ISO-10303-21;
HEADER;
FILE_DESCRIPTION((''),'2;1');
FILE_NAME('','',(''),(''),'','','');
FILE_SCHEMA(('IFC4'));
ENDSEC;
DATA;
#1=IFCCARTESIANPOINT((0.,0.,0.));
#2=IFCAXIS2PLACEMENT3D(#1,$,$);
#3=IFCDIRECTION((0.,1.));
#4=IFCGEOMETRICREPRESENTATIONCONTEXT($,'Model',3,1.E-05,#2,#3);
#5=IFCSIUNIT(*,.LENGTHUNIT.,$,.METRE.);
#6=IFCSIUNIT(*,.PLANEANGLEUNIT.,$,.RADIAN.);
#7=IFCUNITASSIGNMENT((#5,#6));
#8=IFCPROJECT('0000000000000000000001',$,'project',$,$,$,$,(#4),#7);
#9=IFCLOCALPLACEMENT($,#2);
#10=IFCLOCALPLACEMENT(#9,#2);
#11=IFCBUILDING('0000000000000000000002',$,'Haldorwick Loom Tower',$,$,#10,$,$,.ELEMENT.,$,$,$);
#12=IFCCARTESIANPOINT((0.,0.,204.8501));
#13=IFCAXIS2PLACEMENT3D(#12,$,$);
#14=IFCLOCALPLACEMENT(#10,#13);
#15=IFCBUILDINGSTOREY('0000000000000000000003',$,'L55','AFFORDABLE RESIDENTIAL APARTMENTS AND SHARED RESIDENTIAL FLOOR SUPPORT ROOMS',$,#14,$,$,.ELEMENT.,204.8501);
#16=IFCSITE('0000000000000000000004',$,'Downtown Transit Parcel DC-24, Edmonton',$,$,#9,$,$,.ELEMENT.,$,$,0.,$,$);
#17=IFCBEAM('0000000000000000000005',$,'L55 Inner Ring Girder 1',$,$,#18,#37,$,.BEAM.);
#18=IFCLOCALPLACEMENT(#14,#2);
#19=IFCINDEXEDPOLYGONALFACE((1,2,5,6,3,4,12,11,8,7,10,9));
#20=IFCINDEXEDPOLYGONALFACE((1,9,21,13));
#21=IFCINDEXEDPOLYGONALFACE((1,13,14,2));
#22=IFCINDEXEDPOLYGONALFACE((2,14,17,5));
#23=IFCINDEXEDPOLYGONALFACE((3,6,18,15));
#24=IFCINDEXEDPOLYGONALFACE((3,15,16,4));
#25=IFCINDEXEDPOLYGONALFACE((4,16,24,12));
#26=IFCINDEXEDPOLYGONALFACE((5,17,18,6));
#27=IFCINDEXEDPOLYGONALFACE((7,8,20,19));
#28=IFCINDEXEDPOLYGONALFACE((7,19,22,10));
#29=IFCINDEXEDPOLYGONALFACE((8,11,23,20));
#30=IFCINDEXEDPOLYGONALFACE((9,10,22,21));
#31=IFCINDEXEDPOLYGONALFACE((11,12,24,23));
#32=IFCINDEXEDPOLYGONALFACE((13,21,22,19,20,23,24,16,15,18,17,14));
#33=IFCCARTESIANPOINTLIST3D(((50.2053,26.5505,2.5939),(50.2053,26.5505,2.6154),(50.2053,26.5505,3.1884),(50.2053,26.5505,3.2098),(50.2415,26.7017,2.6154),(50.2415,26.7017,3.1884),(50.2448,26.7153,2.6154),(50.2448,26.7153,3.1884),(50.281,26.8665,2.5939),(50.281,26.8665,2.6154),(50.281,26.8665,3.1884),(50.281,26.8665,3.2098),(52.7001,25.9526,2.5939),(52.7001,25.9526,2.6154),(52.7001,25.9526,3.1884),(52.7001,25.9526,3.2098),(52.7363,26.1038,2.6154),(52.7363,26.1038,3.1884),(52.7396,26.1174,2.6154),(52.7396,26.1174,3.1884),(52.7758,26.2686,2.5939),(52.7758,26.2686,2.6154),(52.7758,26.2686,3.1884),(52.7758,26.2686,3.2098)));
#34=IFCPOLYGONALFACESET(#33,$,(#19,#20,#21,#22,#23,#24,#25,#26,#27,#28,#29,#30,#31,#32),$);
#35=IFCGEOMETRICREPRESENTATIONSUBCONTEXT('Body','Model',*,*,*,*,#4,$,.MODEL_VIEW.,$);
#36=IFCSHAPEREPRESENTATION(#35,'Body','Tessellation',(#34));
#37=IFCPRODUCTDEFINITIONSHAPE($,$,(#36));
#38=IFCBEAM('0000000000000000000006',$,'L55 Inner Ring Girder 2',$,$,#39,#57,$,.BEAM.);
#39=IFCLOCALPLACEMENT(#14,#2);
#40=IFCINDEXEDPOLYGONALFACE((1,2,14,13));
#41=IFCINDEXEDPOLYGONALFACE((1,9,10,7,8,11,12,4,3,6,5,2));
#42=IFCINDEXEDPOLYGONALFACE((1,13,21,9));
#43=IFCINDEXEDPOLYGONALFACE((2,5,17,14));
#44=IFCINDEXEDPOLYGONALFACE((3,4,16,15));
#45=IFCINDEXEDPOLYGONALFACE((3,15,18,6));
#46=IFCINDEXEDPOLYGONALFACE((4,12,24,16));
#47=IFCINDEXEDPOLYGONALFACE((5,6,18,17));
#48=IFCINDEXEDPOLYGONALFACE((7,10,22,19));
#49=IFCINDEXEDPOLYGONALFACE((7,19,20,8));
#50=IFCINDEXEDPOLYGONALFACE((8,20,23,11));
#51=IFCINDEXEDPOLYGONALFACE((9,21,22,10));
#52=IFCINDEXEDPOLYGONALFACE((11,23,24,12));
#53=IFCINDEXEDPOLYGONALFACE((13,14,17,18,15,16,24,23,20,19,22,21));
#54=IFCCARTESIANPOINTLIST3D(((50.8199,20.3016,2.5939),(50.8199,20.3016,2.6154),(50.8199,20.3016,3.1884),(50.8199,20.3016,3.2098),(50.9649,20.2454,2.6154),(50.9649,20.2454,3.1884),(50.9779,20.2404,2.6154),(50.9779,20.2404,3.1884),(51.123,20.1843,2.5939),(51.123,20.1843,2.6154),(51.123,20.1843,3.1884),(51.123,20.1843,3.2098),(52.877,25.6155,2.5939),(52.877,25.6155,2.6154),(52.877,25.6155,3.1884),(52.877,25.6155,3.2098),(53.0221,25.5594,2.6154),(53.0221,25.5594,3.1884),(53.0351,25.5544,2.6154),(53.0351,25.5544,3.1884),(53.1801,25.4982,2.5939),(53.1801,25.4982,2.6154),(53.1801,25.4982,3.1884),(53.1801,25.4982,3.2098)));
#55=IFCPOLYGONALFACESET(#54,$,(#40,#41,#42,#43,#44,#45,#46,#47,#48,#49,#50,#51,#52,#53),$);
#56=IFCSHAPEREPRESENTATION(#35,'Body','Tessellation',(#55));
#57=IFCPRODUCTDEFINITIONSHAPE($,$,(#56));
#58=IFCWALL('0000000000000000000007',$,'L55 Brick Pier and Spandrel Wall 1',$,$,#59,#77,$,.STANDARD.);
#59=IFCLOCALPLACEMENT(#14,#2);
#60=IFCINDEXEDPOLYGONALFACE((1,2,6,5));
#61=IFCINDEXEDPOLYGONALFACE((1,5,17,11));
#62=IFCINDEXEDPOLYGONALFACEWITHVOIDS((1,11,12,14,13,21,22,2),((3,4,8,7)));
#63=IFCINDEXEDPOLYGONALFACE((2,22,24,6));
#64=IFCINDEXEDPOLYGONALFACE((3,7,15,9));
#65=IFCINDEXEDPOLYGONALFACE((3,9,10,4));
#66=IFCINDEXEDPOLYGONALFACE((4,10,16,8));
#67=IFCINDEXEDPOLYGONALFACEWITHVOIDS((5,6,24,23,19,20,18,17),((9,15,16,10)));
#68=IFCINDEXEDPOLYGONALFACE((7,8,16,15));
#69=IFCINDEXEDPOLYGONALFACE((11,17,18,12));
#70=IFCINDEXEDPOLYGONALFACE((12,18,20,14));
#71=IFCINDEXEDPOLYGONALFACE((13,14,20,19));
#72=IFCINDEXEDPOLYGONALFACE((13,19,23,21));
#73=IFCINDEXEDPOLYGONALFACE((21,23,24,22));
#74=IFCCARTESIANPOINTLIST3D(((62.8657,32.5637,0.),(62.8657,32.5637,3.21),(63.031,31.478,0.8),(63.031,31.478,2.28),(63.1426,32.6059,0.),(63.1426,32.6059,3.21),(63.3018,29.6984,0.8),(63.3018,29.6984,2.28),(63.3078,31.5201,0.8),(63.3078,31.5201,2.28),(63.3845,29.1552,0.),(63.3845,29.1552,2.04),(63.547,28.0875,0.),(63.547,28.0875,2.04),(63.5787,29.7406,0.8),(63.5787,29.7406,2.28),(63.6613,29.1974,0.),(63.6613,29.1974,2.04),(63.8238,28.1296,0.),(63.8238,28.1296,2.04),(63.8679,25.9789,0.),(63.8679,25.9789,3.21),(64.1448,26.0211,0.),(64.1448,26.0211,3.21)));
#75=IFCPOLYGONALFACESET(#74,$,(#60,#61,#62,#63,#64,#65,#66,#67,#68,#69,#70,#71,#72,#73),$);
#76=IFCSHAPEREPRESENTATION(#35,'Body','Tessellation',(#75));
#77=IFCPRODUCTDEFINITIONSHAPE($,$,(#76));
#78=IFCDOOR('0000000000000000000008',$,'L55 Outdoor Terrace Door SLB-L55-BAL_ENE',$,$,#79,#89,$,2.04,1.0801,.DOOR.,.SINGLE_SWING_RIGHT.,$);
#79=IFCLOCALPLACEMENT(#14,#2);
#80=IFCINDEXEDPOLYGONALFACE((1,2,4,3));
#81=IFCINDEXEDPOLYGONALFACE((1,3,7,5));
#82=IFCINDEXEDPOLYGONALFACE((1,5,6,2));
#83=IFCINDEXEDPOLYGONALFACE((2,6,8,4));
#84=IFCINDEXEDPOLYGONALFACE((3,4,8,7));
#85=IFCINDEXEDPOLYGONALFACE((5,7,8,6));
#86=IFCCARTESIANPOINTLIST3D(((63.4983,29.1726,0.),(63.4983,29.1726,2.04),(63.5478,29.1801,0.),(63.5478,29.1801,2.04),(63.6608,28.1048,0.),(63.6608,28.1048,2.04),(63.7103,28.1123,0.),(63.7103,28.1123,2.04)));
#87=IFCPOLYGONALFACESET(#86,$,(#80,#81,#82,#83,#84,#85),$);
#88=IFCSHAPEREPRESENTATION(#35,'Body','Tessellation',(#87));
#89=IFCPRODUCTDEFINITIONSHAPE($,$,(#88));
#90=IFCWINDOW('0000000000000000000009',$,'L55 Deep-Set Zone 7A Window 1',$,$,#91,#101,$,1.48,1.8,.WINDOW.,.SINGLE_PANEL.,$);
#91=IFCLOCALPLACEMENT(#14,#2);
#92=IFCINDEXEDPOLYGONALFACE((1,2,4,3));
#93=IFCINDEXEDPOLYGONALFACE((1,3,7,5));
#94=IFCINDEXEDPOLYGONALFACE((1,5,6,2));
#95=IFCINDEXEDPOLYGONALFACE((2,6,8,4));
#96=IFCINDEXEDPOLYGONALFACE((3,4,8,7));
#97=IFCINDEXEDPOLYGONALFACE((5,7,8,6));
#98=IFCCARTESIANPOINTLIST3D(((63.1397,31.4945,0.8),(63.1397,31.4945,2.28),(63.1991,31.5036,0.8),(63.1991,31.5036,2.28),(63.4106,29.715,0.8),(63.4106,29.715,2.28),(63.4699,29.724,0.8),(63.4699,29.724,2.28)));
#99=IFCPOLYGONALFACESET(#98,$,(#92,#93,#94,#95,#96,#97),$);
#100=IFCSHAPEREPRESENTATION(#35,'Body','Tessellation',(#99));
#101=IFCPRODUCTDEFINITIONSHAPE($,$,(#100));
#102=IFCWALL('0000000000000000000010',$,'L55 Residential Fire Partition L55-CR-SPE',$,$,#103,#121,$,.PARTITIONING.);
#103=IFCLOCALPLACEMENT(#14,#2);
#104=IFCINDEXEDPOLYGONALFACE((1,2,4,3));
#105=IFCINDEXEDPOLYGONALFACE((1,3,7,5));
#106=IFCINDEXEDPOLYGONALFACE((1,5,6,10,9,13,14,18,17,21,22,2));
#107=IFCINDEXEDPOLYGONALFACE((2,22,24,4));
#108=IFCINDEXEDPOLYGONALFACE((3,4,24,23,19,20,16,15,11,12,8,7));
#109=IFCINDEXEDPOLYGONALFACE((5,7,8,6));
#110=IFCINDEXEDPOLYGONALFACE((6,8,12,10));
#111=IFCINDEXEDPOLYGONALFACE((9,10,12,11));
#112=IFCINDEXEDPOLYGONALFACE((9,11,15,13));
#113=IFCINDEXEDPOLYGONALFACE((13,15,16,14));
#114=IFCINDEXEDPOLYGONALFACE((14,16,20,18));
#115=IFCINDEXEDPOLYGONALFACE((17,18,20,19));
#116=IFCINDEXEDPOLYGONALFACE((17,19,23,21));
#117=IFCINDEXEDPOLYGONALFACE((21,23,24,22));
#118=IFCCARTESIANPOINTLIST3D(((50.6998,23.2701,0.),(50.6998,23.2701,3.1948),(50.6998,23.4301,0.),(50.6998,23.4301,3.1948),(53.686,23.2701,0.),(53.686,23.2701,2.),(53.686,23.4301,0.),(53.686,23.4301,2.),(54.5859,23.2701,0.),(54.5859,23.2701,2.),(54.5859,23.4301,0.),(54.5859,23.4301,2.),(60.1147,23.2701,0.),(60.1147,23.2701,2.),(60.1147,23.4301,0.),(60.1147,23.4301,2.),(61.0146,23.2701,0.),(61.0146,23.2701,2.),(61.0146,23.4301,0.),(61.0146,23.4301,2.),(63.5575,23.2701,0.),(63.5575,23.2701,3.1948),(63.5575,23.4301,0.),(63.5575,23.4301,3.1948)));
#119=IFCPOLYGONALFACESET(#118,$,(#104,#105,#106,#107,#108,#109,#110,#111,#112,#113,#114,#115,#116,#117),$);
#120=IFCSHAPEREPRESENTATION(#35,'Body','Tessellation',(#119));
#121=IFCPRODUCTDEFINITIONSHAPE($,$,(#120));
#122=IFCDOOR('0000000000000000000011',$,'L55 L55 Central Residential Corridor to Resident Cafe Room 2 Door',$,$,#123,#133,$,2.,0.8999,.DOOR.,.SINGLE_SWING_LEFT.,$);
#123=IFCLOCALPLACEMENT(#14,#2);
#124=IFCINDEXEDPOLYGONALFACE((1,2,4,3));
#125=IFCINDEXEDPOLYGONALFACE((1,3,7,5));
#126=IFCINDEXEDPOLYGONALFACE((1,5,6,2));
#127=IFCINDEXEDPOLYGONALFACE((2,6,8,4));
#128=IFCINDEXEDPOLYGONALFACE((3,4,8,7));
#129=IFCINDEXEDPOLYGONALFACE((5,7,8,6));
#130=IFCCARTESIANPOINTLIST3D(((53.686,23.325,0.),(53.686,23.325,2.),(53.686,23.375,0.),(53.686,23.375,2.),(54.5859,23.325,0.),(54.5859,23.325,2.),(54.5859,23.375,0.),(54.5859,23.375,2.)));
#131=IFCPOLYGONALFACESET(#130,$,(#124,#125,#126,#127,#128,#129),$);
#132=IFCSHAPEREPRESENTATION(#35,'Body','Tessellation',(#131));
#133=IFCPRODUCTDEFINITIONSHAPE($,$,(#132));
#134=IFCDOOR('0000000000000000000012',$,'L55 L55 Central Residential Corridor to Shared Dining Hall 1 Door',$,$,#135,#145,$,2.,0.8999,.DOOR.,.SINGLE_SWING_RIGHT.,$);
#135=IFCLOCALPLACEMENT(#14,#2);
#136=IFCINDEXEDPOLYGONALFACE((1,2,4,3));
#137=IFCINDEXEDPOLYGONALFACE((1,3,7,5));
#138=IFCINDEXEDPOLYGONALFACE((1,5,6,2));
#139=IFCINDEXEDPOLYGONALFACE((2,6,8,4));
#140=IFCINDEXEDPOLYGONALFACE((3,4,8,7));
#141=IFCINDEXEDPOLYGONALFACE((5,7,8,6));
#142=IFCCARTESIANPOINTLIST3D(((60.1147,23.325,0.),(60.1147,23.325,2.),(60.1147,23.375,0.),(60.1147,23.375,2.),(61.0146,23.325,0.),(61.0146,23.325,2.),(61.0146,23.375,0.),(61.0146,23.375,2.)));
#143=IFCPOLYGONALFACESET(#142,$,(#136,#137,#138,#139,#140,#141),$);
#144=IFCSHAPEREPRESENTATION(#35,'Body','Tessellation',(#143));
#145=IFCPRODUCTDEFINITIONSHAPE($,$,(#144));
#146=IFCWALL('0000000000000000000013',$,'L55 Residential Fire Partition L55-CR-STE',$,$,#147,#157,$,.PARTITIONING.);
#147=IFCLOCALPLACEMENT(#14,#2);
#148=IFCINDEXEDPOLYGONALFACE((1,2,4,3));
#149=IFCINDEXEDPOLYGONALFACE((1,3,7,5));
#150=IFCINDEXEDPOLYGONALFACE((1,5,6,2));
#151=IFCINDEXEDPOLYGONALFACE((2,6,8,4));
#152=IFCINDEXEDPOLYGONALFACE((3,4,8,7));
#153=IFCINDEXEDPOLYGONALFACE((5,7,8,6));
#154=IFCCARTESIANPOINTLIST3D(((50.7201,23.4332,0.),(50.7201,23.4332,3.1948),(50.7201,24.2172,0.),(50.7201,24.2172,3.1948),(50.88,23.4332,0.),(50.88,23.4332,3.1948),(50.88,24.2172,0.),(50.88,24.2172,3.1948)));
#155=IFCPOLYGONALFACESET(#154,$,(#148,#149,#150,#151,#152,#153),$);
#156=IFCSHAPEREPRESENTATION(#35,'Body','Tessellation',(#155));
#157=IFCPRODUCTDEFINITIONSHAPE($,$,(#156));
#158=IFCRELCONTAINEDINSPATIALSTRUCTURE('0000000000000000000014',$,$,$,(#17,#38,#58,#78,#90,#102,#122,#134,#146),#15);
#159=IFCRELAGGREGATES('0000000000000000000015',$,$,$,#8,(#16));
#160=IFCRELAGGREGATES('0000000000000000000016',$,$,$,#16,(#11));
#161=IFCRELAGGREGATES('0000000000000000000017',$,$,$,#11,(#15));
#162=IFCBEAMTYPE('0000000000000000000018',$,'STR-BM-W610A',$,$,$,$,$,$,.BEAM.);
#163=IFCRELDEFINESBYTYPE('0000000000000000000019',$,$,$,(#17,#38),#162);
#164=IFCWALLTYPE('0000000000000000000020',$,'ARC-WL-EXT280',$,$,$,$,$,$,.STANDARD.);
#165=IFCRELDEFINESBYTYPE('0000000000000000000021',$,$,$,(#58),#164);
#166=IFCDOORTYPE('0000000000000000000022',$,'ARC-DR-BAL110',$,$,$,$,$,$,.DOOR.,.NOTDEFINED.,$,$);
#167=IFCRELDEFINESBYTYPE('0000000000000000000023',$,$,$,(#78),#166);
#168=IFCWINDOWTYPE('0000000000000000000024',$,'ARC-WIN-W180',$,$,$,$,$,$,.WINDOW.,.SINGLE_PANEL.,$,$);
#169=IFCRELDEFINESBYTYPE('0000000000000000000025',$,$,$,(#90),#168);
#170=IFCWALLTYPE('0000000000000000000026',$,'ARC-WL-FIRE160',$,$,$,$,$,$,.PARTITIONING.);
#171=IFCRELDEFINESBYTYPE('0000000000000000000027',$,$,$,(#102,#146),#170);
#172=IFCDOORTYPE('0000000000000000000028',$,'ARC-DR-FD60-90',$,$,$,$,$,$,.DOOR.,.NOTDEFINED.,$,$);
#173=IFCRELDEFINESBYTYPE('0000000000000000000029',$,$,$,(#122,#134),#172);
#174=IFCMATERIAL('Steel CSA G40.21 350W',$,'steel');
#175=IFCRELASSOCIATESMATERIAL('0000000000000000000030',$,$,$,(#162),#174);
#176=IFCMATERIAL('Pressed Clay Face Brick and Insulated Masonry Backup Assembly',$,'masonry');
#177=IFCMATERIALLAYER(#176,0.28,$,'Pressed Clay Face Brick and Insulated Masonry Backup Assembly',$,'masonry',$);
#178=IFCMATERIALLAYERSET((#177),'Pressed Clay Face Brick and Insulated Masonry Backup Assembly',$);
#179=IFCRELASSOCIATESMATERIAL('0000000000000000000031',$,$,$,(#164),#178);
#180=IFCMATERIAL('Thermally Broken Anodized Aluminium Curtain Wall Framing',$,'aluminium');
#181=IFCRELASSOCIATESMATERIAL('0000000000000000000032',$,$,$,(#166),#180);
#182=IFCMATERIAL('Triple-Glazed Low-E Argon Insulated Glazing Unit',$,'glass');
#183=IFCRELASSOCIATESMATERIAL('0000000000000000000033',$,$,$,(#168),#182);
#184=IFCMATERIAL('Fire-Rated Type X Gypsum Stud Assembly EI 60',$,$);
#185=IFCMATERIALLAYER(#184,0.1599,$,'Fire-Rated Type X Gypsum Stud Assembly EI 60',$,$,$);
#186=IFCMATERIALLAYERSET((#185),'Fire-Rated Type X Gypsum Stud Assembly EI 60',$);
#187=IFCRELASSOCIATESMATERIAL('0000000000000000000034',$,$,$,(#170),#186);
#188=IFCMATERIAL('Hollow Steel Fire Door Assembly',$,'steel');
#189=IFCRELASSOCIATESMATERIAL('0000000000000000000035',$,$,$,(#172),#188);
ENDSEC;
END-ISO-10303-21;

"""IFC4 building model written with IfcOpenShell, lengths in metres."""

from ifc_helpers import new_model, si_unit, direction, frame, frame_2d, origin, origin_2d, place, context, subcontext, project, spatial, rectangle, i_section, extrude, material, layer, layer_set, material_profile, profile_set, type_object, element, fill, save


model = new_model("IFC4")

# Units and contexts
model_context = context("Model", 3, precision=1e-05, world=origin(), true_north=direction((0.0, 1.0)))
body_context = subcontext(model_context, "Body", "Model", "MODEL_VIEW")
ifc_project = project(units=[si_unit("LENGTHUNIT", "METRE"), si_unit("PLANEANGLEUNIT", "RADIAN")], contexts=[model_context])

# Site, building, storey
site_placement = place(None, origin())
site = spatial("IfcSite", under=ifc_project, at=site_placement, Name="Downtown Transit Parcel DC-24, Edmonton", CompositionType="ELEMENT", RefElevation=0.0)
building_placement = place(site_placement, origin())
building = spatial("IfcBuilding", under=site, at=building_placement, Name="Haldorwick Loom Tower", CompositionType="ELEMENT")
storey_placement = place(building_placement, frame((0.0, 0.0, 204.8501)))
storey = spatial("IfcBuildingStorey", under=building, at=storey_placement, Name="L55", Description="AFFORDABLE RESIDENTIAL APARTMENTS AND SHARED RESIDENTIAL FLOOR SUPPORT ROOMS", CompositionType="ELEMENT", Elevation=204.8501)

# Shared definitions
ifc_material_1 = material(Name="Steel CSA G40.21 350W", Category="steel")

# Beams
ifc_material_profile_1 = material_profile(ifc_material_1, i_section(OverallWidth=0.325, OverallDepth=0.616, WebThickness=0.0139, FlangeThickness=0.0215, at=origin_2d()), Name="W610X174", Category="steel")
ifc_profile_set_1 = profile_set([ifc_material_profile_1], Name="Steel CSA G40.21 350W")
beam_type_1 = type_object("IfcBeamType", Name="STR-BM-W610A", PredefinedType="BEAM", material=ifc_profile_set_1)
beam_1_placement = place(storey_placement, frame((50.2432, 26.7085, 2.9019), z_axis=(0.972464, -0.233053, 0.0), x_axis=(0.233053, 0.972464, 0.0)))
element("IfcBeam", 1, at=beam_1_placement, inside=storey, type_object=beam_type_1, Name="L55 Inner Ring Girder 1", PredefinedType="BEAM", context=body_context, shape_type="SweptSolid", body=[
    extrude(i_section(OverallWidth=0.325, OverallDepth=0.616, WebThickness=0.0139, FlangeThickness=0.0215, at=origin_2d()), origin(), (0.0, 0.0, 1.0), 2.5654),
])
beam_2_placement = place(storey_placement, frame((53.0286, 25.5569, 2.9019), z_axis=(-0.361011, -0.932562, 0.0), x_axis=(0.932562, -0.361011, 0.0)))
element("IfcBeam", 2, at=beam_2_placement, inside=storey, type_object=beam_type_1, Name="L55 Inner Ring Girder 2", PredefinedType="BEAM", context=body_context, shape_type="SweptSolid", body=[
    extrude(i_section(OverallWidth=0.325, OverallDepth=0.616, WebThickness=0.0139, FlangeThickness=0.0215, at=origin_2d()), origin(), (0.0, 0.0, 1.0), 5.6982),
])

# Wall, openings, door, window
ifc_material_2 = material(Name="Pressed Clay Face Brick and Insulated Masonry Backup Assembly", Category="masonry")
ifc_layer_1 = layer(ifc_material_2, 0.28, Name="Pressed Clay Face Brick and Insulated Masonry Backup Assembly", Category="masonry")
ifc_layer_set_1 = layer_set([ifc_layer_1], Name="Pressed Clay Face Brick and Insulated Masonry Backup Assembly")
wall_type_1 = type_object("IfcWallType", Name="ARC-WL-EXT280", PredefinedType="STANDARD", material=ifc_layer_set_1)
wall_1_placement = place(storey_placement, frame((64.0063, 26.0, 0.0), z_axis=(0.0, 0.0, 1.0), x_axis=(-0.150468, 0.988615, 0.0)))
wall_1 = element("IfcWall", 3, at=wall_1_placement, inside=storey, type_object=wall_type_1, Name="L55 Brick Pier and Spandrel Wall 1", PredefinedType="STANDARD", context=body_context, shape_type="SweptSolid", body=[
    extrude(rectangle(XDim=6.6606, YDim=0.28, at=frame_2d((3.3303, 0.0))), origin(), (0.0, 0.0, 1.0), 3.21),
])
opening_1_placement = place(wall_1_placement, frame((2.1328, 0.0, 0.0)))
opening_1 = element("IfcOpeningElement", 4, at=opening_1_placement, cuts=wall_1, PredefinedType="OPENING", context=body_context, shape_type="SweptSolid", body=[
    extrude(rectangle(XDim=1.0801, YDim=2.04, at=frame_2d((0.54, 1.02))), frame((0.0, 0.1499, 0.0), z_axis=(0.0, -1.0, 0.0), x_axis=(1.0, 0.0, 0.0)), (0.0, 0.0, 1.0), 0.3),
])
opening_2_placement = place(wall_1_placement, frame((3.7625, 0.0, 0.8)))
opening_2 = element("IfcOpeningElement", 5, at=opening_2_placement, cuts=wall_1, PredefinedType="OPENING", context=body_context, shape_type="SweptSolid", body=[
    extrude(rectangle(XDim=1.8, YDim=1.48, at=frame_2d((0.8999, 0.74))), frame((0.0, 0.1499, 0.0), z_axis=(0.0, -1.0, 0.0), x_axis=(1.0, 0.0, 0.0)), (0.0, 0.0, 1.0), 0.3),
])
ifc_material_3 = material(Name="Thermally Broken Anodized Aluminium Curtain Wall Framing", Category="aluminium")
door_type_1 = type_object("IfcDoorType", Name="ARC-DR-BAL110", OperationType="NOTDEFINED", PredefinedType="DOOR", material=ifc_material_3)
door_1_placement = place(opening_1_placement, origin())
door_1 = element("IfcDoor", 6, at=door_1_placement, inside=storey, type_object=door_type_1, Name="L55 Outdoor Terrace Door SLB-L55-BAL_ENE", OperationType="SINGLE_SWING_RIGHT", OverallHeight=2.04, OverallWidth=1.0801, PredefinedType="DOOR", context=body_context, shape_type="SweptSolid", body=[
    extrude(rectangle(XDim=1.0801, YDim=2.04, at=frame_2d((0.54, 1.02))), frame((0.0, 0.0249, 0.0), z_axis=(0.0, -1.0, 0.0), x_axis=(1.0, 0.0, 0.0)), (0.0, 0.0, 1.0), 0.05),
])
fill(opening_1, door_1)
ifc_material_4 = material(Name="Triple-Glazed Low-E Argon Insulated Glazing Unit", Category="glass")
window_type = type_object("IfcWindowType", Name="ARC-WIN-W180", PartitioningType="SINGLE_PANEL", PredefinedType="WINDOW", material=ifc_material_4)
window_placement = place(opening_2_placement, origin())
window = element("IfcWindow", 7, at=window_placement, inside=storey, type_object=window_type, Name="L55 Deep-Set Zone 7A Window 1", OverallHeight=1.48, OverallWidth=1.8, PartitioningType="SINGLE_PANEL", PredefinedType="WINDOW", context=body_context, shape_type="SweptSolid", body=[
    extrude(rectangle(XDim=1.8, YDim=1.48, at=frame_2d((0.8999, 0.74))), frame((0.0, 0.03, 0.0), z_axis=(0.0, -1.0, 0.0), x_axis=(1.0, 0.0, 0.0)), (0.0, 0.0, 1.0), 0.0601),
])
fill(opening_2, window)

# Wall, openings, doors
ifc_material_5 = material(Name="Fire-Rated Type X Gypsum Stud Assembly EI 60")
ifc_layer_2 = layer(ifc_material_5, 0.1599, Name="Fire-Rated Type X Gypsum Stud Assembly EI 60")
ifc_layer_set_2 = layer_set([ifc_layer_2], Name="Fire-Rated Type X Gypsum Stud Assembly EI 60")
wall_type_2 = type_object("IfcWallType", Name="ARC-WL-FIRE160", PredefinedType="PARTITIONING", material=ifc_layer_set_2)
wall_2_placement = place(storey_placement, frame((50.7, 23.3501, 0.0), z_axis=(0.0, 0.0, 1.0), x_axis=(1.0, 0.0, 0.0)))
wall_2 = element("IfcWall", 8, at=wall_2_placement, inside=storey, type_object=wall_type_2, Name="L55 Residential Fire Partition L55-CR-SPE", PredefinedType="PARTITIONING", context=body_context, shape_type="SweptSolid", body=[
    extrude(rectangle(XDim=12.8577, YDim=0.1599, at=frame_2d((6.4287, 0.0))), origin(), (0.0, 0.0, 1.0), 3.1948),
])
opening_3_placement = place(wall_2_placement, frame((2.9861, 0.0, 0.0)))
opening_3 = element("IfcOpeningElement", 9, at=opening_3_placement, cuts=wall_2, PredefinedType="OPENING", context=body_context, shape_type="SweptSolid", body=[
    extrude(rectangle(XDim=0.8999, YDim=2.0, at=frame_2d((0.45, 1.0))), frame((0.0, 0.0898, 0.0), z_axis=(0.0, -1.0, 0.0), x_axis=(1.0, 0.0, 0.0)), (0.0, 0.0, 1.0), 0.1799),
])
opening_4_placement = place(wall_2_placement, frame((9.4148, 0.0, 0.0)))
opening_4 = element("IfcOpeningElement", 10, at=opening_4_placement, cuts=wall_2, PredefinedType="OPENING", context=body_context, shape_type="SweptSolid", body=[
    extrude(rectangle(XDim=0.8999, YDim=2.0, at=frame_2d((0.45, 1.0))), frame((0.0, 0.0898, 0.0), z_axis=(0.0, -1.0, 0.0), x_axis=(1.0, 0.0, 0.0)), (0.0, 0.0, 1.0), 0.1799),
])
ifc_material_6 = material(Name="Hollow Steel Fire Door Assembly", Category="steel")
door_type_2 = type_object("IfcDoorType", Name="ARC-DR-FD60-90", OperationType="NOTDEFINED", PredefinedType="DOOR", material=ifc_material_6)
door_2_placement = place(opening_3_placement, origin())
door_2 = element("IfcDoor", 11, at=door_2_placement, inside=storey, type_object=door_type_2, Name="L55 L55 Central Residential Corridor to Resident Cafe Room 2 Door", OperationType="SINGLE_SWING_LEFT", OverallHeight=2.0, OverallWidth=0.8999, PredefinedType="DOOR", context=body_context, shape_type="SweptSolid", body=[
    extrude(rectangle(XDim=0.8999, YDim=2.0, at=frame_2d((0.45, 1.0))), frame((0.0, 0.0249, 0.0), z_axis=(0.0, -1.0, 0.0), x_axis=(1.0, 0.0, 0.0)), (0.0, 0.0, 1.0), 0.05),
])
fill(opening_3, door_2)
door_3_placement = place(opening_4_placement, origin())
door_3 = element("IfcDoor", 12, at=door_3_placement, inside=storey, type_object=door_type_2, Name="L55 L55 Central Residential Corridor to Shared Dining Hall 1 Door", OperationType="SINGLE_SWING_RIGHT", OverallHeight=2.0, OverallWidth=0.8999, PredefinedType="DOOR", context=body_context, shape_type="SweptSolid", body=[
    extrude(rectangle(XDim=0.8999, YDim=2.0, at=frame_2d((0.45, 1.0))), frame((0.0, 0.0249, 0.0), z_axis=(0.0, -1.0, 0.0), x_axis=(1.0, 0.0, 0.0)), (0.0, 0.0, 1.0), 0.05),
])
fill(opening_4, door_3)

# Wall
wall_3_placement = place(storey_placement, frame((50.8, 23.4331, 0.0), z_axis=(0.0, 0.0, 1.0), x_axis=(0.0, 1.0, 0.0)))
element("IfcWall", 13, at=wall_3_placement, inside=storey, type_object=wall_type_2, Name="L55 Residential Fire Partition L55-CR-STE", PredefinedType="PARTITIONING", context=body_context, shape_type="SweptSolid", body=[
    extrude(rectangle(XDim=0.7839, YDim=0.1599, at=frame_2d((0.3921, 0.0))), origin(), (0.0, 0.0, 1.0), 3.1948),
])

save(model, "model.ifc")
